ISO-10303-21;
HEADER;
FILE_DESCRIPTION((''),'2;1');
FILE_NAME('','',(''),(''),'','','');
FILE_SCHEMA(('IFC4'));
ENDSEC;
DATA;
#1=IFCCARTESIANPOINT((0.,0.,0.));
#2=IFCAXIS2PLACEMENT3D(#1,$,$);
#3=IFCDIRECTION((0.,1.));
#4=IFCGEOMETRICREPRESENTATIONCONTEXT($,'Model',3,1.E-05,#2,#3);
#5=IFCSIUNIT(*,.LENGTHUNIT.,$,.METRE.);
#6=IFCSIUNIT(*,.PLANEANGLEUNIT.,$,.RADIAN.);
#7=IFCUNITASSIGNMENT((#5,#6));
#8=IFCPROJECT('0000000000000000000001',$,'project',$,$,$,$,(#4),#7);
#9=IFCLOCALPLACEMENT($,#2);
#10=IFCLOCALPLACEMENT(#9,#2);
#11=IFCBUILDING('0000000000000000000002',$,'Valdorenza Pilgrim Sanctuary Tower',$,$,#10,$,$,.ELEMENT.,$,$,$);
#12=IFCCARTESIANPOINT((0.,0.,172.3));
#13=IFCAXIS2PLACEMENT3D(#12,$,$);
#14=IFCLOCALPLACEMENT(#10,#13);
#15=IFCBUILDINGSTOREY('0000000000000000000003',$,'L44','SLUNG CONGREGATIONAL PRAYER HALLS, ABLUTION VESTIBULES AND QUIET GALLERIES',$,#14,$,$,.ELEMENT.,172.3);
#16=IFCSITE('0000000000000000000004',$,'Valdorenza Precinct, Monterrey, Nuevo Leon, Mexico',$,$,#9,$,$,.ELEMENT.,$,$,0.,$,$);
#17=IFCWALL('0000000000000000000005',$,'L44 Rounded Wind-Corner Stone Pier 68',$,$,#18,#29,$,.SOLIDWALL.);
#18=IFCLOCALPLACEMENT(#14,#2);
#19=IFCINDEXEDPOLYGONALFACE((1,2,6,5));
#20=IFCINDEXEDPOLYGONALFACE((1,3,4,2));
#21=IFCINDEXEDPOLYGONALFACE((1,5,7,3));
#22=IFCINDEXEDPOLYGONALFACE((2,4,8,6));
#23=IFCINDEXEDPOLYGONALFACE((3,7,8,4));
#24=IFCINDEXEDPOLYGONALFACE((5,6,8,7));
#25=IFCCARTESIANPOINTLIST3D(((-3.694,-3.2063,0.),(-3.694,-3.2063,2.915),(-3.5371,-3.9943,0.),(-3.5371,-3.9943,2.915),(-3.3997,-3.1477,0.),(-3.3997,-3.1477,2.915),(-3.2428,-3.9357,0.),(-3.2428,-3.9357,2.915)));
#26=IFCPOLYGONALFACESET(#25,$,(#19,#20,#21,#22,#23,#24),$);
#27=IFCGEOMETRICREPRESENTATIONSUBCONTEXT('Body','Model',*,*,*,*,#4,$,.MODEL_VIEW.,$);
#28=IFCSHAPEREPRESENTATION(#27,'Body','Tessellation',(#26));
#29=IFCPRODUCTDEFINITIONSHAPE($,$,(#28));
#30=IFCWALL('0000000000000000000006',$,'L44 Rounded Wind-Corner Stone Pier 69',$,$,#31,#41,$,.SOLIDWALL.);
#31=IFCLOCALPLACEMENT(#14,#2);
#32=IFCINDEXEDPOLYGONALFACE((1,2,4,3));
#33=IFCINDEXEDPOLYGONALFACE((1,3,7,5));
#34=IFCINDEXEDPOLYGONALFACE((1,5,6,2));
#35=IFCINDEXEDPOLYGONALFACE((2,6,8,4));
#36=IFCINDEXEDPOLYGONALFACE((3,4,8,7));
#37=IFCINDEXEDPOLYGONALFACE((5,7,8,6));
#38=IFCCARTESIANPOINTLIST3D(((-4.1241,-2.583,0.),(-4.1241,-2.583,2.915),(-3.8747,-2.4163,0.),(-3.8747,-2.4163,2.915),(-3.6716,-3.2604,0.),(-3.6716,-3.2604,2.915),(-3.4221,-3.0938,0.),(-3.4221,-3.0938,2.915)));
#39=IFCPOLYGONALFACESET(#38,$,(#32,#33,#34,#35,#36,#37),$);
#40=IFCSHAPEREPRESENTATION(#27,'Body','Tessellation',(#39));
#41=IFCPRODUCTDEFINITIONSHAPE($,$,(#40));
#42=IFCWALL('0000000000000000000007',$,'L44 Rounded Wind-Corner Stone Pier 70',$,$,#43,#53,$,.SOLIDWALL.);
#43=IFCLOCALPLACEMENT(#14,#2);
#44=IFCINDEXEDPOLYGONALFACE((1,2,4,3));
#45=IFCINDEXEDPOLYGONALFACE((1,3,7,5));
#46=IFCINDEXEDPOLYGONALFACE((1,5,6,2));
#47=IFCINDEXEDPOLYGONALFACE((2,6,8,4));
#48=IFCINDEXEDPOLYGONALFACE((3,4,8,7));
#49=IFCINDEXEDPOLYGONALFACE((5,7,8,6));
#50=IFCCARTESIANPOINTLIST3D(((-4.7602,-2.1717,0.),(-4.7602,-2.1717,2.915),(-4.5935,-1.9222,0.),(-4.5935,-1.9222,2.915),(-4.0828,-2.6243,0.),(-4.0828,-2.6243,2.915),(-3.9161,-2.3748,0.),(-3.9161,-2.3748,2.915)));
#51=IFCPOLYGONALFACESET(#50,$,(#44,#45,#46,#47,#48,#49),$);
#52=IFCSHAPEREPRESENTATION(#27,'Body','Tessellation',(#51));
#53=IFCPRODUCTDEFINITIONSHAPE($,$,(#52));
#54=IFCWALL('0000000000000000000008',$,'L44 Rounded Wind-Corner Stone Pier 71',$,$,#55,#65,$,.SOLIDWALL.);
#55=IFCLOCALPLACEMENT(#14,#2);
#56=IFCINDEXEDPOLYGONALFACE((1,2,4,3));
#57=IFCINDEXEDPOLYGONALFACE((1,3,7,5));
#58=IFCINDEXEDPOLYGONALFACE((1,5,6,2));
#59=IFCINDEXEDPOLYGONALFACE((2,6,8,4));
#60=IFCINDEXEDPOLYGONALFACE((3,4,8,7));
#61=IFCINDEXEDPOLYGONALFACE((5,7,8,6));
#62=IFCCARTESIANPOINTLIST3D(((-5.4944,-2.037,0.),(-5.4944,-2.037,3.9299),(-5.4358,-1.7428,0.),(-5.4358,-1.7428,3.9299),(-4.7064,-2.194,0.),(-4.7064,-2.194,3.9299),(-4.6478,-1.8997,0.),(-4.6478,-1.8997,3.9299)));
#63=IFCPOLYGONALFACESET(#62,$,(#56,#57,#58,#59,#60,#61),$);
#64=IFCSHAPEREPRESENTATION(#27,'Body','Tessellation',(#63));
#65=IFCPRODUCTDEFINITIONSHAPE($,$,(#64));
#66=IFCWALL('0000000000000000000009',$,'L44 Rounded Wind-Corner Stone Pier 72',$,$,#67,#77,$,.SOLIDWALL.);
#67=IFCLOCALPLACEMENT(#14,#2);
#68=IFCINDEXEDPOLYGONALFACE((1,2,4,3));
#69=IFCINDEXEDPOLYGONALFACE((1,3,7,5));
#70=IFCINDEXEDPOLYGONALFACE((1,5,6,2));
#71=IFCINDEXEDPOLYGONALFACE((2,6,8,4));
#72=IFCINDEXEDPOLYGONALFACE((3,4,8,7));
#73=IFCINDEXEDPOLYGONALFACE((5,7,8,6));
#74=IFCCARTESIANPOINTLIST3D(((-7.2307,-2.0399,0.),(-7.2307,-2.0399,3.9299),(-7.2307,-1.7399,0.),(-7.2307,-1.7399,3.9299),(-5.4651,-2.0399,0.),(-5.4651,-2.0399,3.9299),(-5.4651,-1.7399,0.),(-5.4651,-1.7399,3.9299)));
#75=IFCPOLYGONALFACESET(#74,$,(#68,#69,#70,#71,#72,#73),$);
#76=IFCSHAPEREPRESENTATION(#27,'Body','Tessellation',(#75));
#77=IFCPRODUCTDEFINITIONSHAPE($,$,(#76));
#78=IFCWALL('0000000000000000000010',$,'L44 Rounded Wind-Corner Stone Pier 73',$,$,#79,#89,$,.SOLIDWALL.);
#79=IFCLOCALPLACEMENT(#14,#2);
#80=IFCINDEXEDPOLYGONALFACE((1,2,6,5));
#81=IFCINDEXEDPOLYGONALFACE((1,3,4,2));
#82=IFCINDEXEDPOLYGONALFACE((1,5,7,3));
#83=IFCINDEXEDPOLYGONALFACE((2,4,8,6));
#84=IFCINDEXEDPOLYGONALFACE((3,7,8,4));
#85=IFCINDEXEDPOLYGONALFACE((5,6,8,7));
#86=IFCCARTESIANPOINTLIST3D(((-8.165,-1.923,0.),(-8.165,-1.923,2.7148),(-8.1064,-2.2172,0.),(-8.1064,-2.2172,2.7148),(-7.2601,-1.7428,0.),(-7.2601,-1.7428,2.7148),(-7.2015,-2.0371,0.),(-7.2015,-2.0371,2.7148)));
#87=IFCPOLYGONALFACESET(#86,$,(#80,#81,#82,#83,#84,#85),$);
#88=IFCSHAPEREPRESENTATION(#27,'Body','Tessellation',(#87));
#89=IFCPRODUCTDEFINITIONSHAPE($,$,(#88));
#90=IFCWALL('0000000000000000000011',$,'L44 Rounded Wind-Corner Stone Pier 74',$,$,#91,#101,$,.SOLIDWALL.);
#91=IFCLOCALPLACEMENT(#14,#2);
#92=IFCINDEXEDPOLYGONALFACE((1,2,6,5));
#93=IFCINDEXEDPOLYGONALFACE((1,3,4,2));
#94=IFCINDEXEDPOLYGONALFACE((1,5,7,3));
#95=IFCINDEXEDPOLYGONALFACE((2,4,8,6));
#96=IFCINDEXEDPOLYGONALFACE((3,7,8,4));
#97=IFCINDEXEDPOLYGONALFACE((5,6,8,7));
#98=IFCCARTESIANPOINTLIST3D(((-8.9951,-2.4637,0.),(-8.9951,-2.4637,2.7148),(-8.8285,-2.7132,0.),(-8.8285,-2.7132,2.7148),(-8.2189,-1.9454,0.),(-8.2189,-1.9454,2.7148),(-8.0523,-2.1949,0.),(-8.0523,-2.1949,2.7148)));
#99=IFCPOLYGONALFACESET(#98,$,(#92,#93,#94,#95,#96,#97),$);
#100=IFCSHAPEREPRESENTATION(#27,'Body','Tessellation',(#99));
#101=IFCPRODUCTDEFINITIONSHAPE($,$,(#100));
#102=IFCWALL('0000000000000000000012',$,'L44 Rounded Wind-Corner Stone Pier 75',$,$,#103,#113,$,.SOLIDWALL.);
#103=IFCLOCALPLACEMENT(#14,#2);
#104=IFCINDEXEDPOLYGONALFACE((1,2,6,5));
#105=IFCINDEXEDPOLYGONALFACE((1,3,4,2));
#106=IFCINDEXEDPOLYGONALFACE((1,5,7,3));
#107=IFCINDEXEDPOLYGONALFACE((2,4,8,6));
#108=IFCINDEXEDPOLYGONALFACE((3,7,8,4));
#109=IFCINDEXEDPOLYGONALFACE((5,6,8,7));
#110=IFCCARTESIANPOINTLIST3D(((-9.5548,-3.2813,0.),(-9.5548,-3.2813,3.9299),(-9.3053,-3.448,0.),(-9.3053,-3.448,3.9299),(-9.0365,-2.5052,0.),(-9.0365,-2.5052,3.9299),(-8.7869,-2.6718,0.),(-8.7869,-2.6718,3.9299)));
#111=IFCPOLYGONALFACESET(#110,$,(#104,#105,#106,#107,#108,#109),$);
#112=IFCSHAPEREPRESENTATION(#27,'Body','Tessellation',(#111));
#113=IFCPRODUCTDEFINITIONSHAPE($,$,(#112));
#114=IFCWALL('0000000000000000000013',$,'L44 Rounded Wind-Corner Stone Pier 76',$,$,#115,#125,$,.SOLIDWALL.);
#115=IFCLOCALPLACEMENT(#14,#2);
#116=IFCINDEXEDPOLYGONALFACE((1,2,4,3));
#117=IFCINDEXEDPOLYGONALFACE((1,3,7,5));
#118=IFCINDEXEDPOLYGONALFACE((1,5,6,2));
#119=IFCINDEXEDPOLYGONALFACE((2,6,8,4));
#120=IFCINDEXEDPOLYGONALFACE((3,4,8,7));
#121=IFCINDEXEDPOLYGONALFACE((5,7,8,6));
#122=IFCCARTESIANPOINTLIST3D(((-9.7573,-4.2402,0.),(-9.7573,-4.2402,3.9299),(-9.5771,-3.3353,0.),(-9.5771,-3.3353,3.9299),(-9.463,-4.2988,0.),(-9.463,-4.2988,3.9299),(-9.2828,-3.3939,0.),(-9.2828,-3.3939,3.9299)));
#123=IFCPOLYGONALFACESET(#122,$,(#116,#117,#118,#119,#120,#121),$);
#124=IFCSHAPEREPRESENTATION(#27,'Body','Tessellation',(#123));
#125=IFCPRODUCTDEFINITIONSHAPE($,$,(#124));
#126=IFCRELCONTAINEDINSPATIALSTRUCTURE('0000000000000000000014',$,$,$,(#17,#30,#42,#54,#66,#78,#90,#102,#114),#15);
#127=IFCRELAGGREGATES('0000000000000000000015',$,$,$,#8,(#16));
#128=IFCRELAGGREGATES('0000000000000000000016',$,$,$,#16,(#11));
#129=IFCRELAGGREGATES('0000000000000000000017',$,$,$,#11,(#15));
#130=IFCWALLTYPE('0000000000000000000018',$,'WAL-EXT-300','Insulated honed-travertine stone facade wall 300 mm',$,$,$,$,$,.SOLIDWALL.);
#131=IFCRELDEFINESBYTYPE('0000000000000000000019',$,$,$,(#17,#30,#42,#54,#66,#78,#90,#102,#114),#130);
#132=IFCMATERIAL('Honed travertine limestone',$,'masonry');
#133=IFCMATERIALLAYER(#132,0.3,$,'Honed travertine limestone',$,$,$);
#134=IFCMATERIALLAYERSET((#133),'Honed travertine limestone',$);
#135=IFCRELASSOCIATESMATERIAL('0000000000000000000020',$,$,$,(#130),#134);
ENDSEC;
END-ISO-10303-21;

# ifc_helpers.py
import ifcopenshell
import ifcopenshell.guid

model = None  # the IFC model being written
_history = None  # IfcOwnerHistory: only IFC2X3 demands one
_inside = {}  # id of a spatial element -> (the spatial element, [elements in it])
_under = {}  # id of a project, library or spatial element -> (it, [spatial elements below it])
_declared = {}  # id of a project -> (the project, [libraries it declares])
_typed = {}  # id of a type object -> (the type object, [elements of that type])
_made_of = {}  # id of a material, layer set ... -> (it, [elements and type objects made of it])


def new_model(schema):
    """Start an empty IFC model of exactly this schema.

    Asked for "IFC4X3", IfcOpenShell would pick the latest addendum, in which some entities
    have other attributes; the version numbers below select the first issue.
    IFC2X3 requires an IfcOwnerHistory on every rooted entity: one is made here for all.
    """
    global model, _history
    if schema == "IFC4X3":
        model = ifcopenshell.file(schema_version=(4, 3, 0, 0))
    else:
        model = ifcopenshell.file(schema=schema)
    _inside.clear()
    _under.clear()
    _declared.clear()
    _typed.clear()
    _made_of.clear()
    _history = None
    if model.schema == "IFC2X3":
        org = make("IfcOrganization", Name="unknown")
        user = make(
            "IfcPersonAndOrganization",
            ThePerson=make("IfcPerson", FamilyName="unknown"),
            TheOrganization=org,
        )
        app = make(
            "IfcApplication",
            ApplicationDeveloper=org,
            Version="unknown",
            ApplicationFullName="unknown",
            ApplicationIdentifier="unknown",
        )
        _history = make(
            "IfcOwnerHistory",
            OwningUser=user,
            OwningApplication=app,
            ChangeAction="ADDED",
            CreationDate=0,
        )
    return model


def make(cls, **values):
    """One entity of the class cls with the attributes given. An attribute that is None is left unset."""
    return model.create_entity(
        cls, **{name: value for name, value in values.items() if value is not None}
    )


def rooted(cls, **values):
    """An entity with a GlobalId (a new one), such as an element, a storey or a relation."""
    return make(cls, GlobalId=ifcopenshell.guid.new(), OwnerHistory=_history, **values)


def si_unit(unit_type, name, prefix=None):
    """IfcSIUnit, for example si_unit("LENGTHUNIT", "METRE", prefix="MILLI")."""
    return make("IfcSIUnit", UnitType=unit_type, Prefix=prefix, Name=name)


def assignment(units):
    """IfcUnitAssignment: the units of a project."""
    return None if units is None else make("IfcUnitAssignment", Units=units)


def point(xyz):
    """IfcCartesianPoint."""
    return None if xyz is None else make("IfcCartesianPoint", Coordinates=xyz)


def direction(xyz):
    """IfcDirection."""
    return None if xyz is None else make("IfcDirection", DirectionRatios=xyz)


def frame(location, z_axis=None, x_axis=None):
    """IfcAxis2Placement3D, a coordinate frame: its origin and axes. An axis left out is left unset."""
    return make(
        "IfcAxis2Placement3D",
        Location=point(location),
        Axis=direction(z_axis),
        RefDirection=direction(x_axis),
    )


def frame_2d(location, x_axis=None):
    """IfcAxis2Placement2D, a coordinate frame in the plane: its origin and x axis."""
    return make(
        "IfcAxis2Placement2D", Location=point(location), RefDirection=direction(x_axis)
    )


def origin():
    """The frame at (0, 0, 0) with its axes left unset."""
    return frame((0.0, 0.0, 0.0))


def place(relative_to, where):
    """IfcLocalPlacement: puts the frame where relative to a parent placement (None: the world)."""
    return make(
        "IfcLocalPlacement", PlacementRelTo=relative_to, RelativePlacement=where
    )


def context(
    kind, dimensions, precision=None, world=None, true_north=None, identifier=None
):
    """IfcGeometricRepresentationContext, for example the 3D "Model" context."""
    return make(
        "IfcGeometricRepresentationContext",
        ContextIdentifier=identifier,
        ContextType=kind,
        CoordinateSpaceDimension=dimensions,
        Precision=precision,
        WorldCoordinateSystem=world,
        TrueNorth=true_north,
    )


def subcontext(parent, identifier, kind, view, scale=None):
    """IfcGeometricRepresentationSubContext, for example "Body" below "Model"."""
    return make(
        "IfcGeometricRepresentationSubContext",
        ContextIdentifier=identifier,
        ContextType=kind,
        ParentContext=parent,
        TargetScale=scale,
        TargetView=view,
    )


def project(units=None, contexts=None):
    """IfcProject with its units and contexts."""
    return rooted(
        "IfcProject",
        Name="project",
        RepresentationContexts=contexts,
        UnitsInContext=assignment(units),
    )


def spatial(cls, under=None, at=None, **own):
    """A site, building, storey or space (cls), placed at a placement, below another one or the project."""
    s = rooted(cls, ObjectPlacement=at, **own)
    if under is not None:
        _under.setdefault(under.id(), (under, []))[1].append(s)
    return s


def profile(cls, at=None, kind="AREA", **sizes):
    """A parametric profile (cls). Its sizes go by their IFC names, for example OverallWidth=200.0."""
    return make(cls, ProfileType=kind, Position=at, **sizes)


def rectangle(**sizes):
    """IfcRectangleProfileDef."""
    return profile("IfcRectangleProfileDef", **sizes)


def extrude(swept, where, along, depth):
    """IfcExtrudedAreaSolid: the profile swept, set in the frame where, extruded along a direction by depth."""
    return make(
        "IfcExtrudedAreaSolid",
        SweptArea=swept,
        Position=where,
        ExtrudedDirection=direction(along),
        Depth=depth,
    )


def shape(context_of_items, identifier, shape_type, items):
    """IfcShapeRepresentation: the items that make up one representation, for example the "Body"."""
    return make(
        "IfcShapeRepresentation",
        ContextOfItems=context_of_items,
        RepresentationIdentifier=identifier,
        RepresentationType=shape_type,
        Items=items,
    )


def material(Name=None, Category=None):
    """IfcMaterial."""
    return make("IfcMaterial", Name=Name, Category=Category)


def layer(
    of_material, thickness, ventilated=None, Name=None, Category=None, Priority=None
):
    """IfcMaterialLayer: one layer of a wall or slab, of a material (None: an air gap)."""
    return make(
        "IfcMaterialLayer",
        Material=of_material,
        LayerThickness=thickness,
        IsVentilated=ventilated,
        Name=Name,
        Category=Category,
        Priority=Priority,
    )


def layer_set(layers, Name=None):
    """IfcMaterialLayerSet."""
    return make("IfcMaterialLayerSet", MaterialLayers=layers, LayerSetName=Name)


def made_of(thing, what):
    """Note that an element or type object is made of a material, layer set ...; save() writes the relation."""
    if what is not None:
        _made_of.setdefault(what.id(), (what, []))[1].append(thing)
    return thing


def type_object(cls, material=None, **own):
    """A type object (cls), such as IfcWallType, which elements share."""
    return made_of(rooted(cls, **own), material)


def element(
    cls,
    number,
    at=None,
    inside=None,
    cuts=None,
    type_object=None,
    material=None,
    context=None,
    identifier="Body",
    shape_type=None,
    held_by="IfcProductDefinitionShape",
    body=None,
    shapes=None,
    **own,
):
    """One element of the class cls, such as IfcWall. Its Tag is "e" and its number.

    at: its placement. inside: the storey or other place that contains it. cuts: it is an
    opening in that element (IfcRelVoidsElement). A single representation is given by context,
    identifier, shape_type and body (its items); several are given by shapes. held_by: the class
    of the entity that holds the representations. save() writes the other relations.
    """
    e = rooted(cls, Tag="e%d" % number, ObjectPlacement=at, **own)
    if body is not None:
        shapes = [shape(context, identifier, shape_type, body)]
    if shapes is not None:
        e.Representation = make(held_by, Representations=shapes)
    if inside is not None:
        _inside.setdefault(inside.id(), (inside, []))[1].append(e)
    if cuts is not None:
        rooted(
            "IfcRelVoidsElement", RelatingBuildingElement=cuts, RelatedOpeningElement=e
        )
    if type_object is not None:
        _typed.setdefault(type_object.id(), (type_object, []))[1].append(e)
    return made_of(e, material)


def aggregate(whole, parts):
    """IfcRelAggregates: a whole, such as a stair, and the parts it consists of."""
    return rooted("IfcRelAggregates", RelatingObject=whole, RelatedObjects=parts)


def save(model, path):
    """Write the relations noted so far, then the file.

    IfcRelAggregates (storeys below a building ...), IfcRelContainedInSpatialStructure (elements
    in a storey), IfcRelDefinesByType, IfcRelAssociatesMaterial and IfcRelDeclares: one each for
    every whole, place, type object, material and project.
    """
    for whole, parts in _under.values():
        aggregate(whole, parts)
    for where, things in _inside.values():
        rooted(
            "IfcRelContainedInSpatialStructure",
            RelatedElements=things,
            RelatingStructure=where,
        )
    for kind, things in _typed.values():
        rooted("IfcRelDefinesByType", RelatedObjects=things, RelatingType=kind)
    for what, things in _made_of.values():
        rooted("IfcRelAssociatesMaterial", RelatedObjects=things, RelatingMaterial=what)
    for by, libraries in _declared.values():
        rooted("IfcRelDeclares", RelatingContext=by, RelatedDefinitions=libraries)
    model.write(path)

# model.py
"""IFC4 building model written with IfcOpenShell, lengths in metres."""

from ifc_helpers import new_model, si_unit, direction, frame, frame_2d, origin, place, context, subcontext, project, spatial, rectangle, extrude, material, layer, layer_set, type_object, element, save


model = new_model("IFC4")

# Units and contexts
model_context = context("Model", 3, precision=1e-05, world=origin(), true_north=direction((0.0, 1.0)))
body_context = subcontext(model_context, "Body", "Model", "MODEL_VIEW")
ifc_project = project(units=[si_unit("LENGTHUNIT", "METRE"), si_unit("PLANEANGLEUNIT", "RADIAN")], contexts=[model_context])

# Site, building, storey
site_placement = place(None, origin())
site = spatial("IfcSite", under=ifc_project, at=site_placement, Name="Valdorenza Precinct, Monterrey, Nuevo Leon, Mexico", CompositionType="ELEMENT", RefElevation=0.0)
building_placement = place(site_placement, origin())
building = spatial("IfcBuilding", under=site, at=building_placement, Name="Valdorenza Pilgrim Sanctuary Tower", CompositionType="ELEMENT")
storey_placement = place(building_placement, frame((0.0, 0.0, 172.3)))
storey = spatial("IfcBuildingStorey", under=building, at=storey_placement, Name="L44", Description="SLUNG CONGREGATIONAL PRAYER HALLS, ABLUTION VESTIBULES AND QUIET GALLERIES", CompositionType="ELEMENT", Elevation=172.3)

# Walls
ifc_material_1 = material(Name="Honed travertine limestone", Category="masonry")
ifc_layer_1 = layer(ifc_material_1, 0.3, Name="Honed travertine limestone")
ifc_layer_set_1 = layer_set([ifc_layer_1], Name="Honed travertine limestone")
wall_type = type_object("IfcWallType", Name="WAL-EXT-300", Description="Insulated honed-travertine stone facade wall 300 mm", PredefinedType="SOLIDWALL", material=ifc_layer_set_1)
wall_1_placement = place(storey_placement, frame((-3.3899, -3.9651, 0.0), z_axis=(0.0, 0.0, 1.0), x_axis=(-0.195357, 0.980732, 0.0)))
element("IfcWall", 1, at=wall_1_placement, inside=storey, type_object=wall_type, Name="L44 Rounded Wind-Corner Stone Pier 68", PredefinedType="SOLIDWALL", context=body_context, shape_type="SweptSolid", body=[
    extrude(rectangle(XDim=0.8035, YDim=0.3, at=frame_2d((0.4019, 0.0))), origin(), (0.0, 0.0, 1.0), 2.915),
])
for number, where, z_axis, x_axis, name in (
    (2, (-3.5469, -3.177, 0.0), (0.0, 0.0, 1.0), (-0.55553, 0.831497, 0.0), "L44 Rounded Wind-Corner Stone Pier 69"),
    (3, (-3.9995, -2.4995, 0.0), (0.0, 0.0, 1.0), (-0.831497, 0.55553, 0.0), "L44 Rounded Wind-Corner Stone Pier 70"),
):
    element("IfcWall", number, at=place(storey_placement, frame(where, z_axis=z_axis, x_axis=x_axis)), inside=storey, type_object=wall_type, Name=name, PredefinedType="SOLIDWALL", context=body_context, shape_type="SweptSolid", body=[
        extrude(rectangle(XDim=0.8147, YDim=0.3, at=frame_2d((0.4072, 0.0))), origin(), (0.0, 0.0, 1.0), 2.915),
    ])
wall_2_placement = place(storey_placement, frame((-4.677, -2.0469, 0.0), z_axis=(0.0, 0.0, 1.0), x_axis=(-0.980732, 0.195357, 0.0)))
element("IfcWall", 4, at=wall_2_placement, inside=storey, type_object=wall_type, Name="L44 Rounded Wind-Corner Stone Pier 71", PredefinedType="SOLIDWALL", context=body_context, shape_type="SweptSolid", body=[
    extrude(rectangle(XDim=0.8035, YDim=0.3, at=frame_2d((0.4019, 0.0))), origin(), (0.0, 0.0, 1.0), 3.9299),
])
wall_3_placement = place(storey_placement, frame((-5.4651, -1.8899, 0.0), z_axis=(0.0, 0.0, 1.0), x_axis=(-1.0, 0.0, 0.0)))
element("IfcWall", 5, at=wall_3_placement, inside=storey, type_object=wall_type, Name="L44 Rounded Wind-Corner Stone Pier 72", PredefinedType="SOLIDWALL", context=body_context, shape_type="SweptSolid", body=[
    extrude(rectangle(XDim=1.7656, YDim=0.3, at=frame_2d((0.8828, 0.0))), origin(), (0.0, 0.0, 1.0), 3.9299),
])
wall_4_placement = place(storey_placement, frame((-7.2307, -1.8899, 0.0), z_axis=(0.0, 0.0, 1.0), x_axis=(-0.980743, -0.195302, 0.0)))
element("IfcWall", 6, at=wall_4_placement, inside=storey, type_object=wall_type, Name="L44 Rounded Wind-Corner Stone Pier 73", PredefinedType="SOLIDWALL", context=body_context, shape_type="SweptSolid", body=[
    extrude(rectangle(XDim=0.9226, YDim=0.3, at=frame_2d((0.4614, 0.0))), origin(), (0.0, 0.0, 1.0), 2.7148),
])
wall_5_placement = place(storey_placement, frame((-8.1355, -2.0701, 0.0), z_axis=(0.0, 0.0, 1.0), x_axis=(-0.831607, -0.555364, 0.0)))
element("IfcWall", 7, at=wall_5_placement, inside=storey, type_object=wall_type, Name="L44 Rounded Wind-Corner Stone Pier 74", PredefinedType="SOLIDWALL", context=body_context, shape_type="SweptSolid", body=[
    extrude(rectangle(XDim=0.9333, YDim=0.3, at=frame_2d((0.4668, 0.0))), origin(), (0.0, 0.0, 1.0), 2.7148),
])
wall_6_placement = place(storey_placement, frame((-8.9116, -2.5884, 0.0), z_axis=(0.0, 0.0, 1.0), x_axis=(-0.555364, -0.831607, 0.0)))
element("IfcWall", 8, at=wall_6_placement, inside=storey, type_object=wall_type, Name="L44 Rounded Wind-Corner Stone Pier 75", PredefinedType="SOLIDWALL", context=body_context, shape_type="SweptSolid", body=[
    extrude(rectangle(XDim=0.9333, YDim=0.3, at=frame_2d((0.4668, 0.0))), origin(), (0.0, 0.0, 1.0), 3.9299),
])
wall_7_placement = place(storey_placement, frame((-9.4299, -3.3645, 0.0), z_axis=(0.0, 0.0, 1.0), x_axis=(-0.195302, -0.980743, 0.0)))
element("IfcWall", 9, at=wall_7_placement, inside=storey, type_object=wall_type, Name="L44 Rounded Wind-Corner Stone Pier 76", PredefinedType="SOLIDWALL", context=body_context, shape_type="SweptSolid", body=[
    extrude(rectangle(XDim=0.9226, YDim=0.3, at=frame_2d((0.4614, 0.0))), origin(), (0.0, 0.0, 1.0), 3.9299),
])

save(model, "model.ifc")
